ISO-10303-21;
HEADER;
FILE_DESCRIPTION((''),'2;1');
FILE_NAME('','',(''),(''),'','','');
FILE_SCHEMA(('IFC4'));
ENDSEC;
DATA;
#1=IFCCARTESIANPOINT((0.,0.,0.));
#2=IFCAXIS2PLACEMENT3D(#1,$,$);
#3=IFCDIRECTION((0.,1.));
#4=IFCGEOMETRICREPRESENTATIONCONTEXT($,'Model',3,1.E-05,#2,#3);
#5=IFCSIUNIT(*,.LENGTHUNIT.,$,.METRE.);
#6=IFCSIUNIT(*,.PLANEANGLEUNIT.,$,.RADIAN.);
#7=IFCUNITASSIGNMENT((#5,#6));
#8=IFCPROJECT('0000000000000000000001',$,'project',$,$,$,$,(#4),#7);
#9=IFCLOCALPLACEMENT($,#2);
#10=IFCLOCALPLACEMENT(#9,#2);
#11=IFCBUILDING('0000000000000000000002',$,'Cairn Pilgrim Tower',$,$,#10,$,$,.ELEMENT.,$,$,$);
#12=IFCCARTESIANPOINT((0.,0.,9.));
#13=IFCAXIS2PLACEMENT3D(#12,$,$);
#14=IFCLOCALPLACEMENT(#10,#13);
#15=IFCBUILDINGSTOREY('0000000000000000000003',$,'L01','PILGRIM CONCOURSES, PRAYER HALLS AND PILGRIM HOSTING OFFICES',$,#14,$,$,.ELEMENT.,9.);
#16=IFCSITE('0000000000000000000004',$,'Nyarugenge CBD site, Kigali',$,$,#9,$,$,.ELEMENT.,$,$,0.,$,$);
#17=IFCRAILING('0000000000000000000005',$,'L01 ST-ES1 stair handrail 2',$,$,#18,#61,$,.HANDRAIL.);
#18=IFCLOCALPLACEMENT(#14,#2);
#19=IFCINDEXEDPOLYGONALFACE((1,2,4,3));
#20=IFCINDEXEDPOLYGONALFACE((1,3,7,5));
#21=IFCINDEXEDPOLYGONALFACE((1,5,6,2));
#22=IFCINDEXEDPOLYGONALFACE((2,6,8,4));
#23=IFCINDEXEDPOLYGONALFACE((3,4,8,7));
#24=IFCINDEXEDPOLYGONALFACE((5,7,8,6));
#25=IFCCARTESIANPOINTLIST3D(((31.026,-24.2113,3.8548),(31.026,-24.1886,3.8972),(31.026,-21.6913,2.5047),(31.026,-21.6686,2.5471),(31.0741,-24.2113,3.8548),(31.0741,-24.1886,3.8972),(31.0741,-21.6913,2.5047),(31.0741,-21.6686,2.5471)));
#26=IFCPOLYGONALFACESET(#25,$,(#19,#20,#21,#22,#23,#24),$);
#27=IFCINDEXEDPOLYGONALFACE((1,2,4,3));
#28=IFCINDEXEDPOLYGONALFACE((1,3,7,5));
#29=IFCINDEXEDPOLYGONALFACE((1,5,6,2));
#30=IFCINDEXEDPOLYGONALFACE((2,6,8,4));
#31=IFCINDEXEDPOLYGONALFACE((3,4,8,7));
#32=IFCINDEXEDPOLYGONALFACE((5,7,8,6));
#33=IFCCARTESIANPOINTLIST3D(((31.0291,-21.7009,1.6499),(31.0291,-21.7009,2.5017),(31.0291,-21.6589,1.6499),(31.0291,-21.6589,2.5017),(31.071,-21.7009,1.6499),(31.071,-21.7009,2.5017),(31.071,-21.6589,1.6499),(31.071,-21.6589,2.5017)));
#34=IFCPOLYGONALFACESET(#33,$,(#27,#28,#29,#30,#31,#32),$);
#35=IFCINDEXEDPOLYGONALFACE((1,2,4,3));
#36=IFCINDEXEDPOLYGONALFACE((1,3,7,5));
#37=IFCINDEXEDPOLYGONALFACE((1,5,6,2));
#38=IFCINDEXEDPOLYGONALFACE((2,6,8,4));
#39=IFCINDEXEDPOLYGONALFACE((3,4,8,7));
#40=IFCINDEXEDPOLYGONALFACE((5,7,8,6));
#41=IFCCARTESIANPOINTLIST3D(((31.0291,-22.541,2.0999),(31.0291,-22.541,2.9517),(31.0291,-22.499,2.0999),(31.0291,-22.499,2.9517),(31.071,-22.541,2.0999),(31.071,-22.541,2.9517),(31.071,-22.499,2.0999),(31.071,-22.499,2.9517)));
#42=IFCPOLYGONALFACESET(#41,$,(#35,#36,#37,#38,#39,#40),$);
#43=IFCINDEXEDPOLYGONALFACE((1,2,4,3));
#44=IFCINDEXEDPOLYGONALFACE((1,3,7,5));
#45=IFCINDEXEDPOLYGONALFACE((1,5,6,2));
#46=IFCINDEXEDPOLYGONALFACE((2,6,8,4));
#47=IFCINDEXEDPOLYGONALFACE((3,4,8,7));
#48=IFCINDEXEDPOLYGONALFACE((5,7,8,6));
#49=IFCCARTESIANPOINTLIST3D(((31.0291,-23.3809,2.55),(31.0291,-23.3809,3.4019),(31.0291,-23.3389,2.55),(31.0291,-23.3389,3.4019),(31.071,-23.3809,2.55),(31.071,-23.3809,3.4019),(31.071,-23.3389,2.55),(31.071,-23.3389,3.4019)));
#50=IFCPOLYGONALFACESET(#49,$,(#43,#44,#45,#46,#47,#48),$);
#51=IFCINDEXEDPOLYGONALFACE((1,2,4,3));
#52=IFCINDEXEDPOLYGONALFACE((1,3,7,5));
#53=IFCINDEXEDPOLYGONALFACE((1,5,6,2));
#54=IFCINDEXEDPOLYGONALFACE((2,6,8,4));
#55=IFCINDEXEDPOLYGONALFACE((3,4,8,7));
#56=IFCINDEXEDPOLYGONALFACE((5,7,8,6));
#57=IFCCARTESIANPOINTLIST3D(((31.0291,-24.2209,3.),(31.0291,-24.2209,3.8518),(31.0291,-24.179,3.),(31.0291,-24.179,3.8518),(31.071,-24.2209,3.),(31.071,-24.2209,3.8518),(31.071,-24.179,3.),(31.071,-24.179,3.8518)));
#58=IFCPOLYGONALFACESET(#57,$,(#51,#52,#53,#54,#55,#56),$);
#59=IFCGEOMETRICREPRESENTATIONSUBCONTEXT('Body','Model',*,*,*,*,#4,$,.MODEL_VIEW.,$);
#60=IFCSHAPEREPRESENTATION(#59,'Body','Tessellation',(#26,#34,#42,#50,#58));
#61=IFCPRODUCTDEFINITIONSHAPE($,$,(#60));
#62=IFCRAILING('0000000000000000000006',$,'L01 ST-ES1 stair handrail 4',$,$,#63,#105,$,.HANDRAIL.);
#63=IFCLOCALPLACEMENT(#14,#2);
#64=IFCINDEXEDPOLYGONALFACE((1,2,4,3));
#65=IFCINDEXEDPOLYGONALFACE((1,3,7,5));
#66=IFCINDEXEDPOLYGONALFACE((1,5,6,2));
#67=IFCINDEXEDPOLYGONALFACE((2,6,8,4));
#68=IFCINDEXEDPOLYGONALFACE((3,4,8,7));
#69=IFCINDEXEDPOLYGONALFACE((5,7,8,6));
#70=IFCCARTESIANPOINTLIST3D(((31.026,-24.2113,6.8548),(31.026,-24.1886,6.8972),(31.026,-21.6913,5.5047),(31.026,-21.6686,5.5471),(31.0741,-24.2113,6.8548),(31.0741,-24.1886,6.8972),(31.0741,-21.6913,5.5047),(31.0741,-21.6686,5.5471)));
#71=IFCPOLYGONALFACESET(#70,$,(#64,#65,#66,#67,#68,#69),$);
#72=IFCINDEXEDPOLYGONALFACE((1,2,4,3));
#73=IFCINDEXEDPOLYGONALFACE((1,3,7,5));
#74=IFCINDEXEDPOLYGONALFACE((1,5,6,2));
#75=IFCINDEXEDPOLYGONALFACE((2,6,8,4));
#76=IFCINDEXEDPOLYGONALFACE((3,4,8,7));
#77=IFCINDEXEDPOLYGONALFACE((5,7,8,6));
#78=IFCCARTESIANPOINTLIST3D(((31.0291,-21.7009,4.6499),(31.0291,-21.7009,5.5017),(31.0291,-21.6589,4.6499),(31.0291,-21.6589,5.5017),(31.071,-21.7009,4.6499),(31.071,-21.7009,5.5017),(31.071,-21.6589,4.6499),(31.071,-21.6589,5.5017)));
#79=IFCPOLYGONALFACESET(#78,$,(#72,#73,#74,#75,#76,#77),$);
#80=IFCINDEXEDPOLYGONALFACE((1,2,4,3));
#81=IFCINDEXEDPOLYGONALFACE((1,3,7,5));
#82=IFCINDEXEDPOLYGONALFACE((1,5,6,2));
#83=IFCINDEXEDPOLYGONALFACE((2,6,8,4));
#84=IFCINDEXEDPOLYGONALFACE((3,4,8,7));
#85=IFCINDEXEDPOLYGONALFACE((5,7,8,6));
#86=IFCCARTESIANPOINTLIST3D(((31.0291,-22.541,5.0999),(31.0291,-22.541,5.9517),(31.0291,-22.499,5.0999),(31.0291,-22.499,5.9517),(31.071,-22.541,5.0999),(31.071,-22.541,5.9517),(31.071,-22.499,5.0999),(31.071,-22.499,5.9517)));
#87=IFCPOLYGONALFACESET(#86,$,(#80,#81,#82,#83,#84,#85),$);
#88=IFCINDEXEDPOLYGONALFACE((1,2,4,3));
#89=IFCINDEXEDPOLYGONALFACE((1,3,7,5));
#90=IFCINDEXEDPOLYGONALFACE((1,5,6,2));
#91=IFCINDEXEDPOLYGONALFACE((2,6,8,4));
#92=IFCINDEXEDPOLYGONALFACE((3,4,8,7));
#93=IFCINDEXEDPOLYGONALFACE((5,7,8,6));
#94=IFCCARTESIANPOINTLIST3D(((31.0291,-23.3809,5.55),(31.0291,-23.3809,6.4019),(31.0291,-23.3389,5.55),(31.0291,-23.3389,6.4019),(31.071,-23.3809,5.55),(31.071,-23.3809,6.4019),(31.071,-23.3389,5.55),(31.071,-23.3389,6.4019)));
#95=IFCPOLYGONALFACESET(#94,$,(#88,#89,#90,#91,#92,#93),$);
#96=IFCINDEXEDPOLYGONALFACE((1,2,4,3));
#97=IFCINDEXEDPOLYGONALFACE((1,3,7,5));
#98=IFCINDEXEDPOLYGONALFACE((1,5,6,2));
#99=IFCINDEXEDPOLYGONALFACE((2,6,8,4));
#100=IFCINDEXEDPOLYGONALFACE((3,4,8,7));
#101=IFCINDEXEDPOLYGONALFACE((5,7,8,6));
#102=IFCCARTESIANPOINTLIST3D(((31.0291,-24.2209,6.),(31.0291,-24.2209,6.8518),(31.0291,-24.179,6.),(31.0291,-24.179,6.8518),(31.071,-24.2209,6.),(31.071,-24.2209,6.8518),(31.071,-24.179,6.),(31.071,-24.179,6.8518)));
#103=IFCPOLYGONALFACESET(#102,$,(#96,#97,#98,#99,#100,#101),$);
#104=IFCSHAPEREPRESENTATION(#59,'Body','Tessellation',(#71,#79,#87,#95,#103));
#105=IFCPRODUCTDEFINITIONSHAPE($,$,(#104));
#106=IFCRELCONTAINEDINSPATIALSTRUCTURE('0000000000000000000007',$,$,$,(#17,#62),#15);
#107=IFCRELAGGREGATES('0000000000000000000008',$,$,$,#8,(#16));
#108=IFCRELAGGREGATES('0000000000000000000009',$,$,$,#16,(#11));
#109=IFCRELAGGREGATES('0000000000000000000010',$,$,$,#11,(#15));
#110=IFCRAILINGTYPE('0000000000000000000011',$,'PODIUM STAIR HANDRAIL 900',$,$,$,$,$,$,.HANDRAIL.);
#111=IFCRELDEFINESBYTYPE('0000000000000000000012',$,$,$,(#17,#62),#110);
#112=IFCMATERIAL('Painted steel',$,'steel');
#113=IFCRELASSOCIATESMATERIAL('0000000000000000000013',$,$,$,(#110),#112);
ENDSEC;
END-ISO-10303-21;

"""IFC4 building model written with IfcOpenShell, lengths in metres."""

from ifc_helpers import new_model, si_unit, direction, frame, origin, origin_2d, place, context, subcontext, project, spatial, rectangle, extrude, material, type_object, element, save


model = new_model("IFC4")

# Units and contexts
model_context = context("Model", 3, precision=1e-05, world=origin(), true_north=direction((0.0, 1.0)))
body_context = subcontext(model_context, "Body", "Model", "MODEL_VIEW")
ifc_project = project(units=[si_unit("LENGTHUNIT", "METRE"), si_unit("PLANEANGLEUNIT", "RADIAN")], contexts=[model_context])

# Site, building, storey
site_placement = place(None, origin())
site = spatial("IfcSite", under=ifc_project, at=site_placement, Name="Nyarugenge CBD site, Kigali", CompositionType="ELEMENT", RefElevation=0.0)
building_placement = place(site_placement, origin())
building = spatial("IfcBuilding", under=site, at=building_placement, Name="Cairn Pilgrim Tower", CompositionType="ELEMENT")
storey_placement = place(building_placement, frame((0.0, 0.0, 9.0)))
storey = spatial("IfcBuildingStorey", under=building, at=storey_placement, Name="L01", Description="PILGRIM CONCOURSES, PRAYER HALLS AND PILGRIM HOSTING OFFICES", CompositionType="ELEMENT", Elevation=9.0)

# Railings
ifc_material_1 = material(Name="Painted steel", Category="steel")
railing_type_1 = type_object("IfcRailingType", Name="PODIUM STAIR HANDRAIL 900", PredefinedType="HANDRAIL", material=ifc_material_1)
for number, where, name in (
    (1, (31.05, -21.6799, 1.6499), "L01 ST-ES1 stair handrail 2"),
    (2, (31.05, -21.6799, 4.6499), "L01 ST-ES1 stair handrail 4"),
):
    element("IfcRailing", number, at=place(storey_placement, frame(where)), inside=storey, type_object=railing_type_1, Name=name, PredefinedType="HANDRAIL", context=body_context, shape_type="SweptSolid", body=[
        extrude(rectangle(XDim=0.0481, YDim=0.0481, at=origin_2d()), frame((0.0, 0.0, 0.876), z_axis=(0.0, -0.881467, 0.472245), x_axis=(1.0, 0.0, 0.0)), (0.0, 0.0, 1.0), 2.8589),
        extrude(rectangle(XDim=0.042, YDim=0.042, at=origin_2d()), origin(), (0.0, 0.0, 1.0), 0.8518),
        extrude(rectangle(XDim=0.042, YDim=0.042, at=origin_2d()), frame((0.0, -0.8401, 0.45)), (0.0, 0.0, 1.0), 0.8518),
        extrude(rectangle(XDim=0.042, YDim=0.042, at=origin_2d()), frame((0.0, -1.6799, 0.9001)), (0.0, 0.0, 1.0), 0.8518),
        extrude(rectangle(XDim=0.042, YDim=0.042, at=origin_2d()), frame((0.0, -2.52, 1.3501)), (0.0, 0.0, 1.0), 0.8518),
    ])

save(model, "model.ifc")
